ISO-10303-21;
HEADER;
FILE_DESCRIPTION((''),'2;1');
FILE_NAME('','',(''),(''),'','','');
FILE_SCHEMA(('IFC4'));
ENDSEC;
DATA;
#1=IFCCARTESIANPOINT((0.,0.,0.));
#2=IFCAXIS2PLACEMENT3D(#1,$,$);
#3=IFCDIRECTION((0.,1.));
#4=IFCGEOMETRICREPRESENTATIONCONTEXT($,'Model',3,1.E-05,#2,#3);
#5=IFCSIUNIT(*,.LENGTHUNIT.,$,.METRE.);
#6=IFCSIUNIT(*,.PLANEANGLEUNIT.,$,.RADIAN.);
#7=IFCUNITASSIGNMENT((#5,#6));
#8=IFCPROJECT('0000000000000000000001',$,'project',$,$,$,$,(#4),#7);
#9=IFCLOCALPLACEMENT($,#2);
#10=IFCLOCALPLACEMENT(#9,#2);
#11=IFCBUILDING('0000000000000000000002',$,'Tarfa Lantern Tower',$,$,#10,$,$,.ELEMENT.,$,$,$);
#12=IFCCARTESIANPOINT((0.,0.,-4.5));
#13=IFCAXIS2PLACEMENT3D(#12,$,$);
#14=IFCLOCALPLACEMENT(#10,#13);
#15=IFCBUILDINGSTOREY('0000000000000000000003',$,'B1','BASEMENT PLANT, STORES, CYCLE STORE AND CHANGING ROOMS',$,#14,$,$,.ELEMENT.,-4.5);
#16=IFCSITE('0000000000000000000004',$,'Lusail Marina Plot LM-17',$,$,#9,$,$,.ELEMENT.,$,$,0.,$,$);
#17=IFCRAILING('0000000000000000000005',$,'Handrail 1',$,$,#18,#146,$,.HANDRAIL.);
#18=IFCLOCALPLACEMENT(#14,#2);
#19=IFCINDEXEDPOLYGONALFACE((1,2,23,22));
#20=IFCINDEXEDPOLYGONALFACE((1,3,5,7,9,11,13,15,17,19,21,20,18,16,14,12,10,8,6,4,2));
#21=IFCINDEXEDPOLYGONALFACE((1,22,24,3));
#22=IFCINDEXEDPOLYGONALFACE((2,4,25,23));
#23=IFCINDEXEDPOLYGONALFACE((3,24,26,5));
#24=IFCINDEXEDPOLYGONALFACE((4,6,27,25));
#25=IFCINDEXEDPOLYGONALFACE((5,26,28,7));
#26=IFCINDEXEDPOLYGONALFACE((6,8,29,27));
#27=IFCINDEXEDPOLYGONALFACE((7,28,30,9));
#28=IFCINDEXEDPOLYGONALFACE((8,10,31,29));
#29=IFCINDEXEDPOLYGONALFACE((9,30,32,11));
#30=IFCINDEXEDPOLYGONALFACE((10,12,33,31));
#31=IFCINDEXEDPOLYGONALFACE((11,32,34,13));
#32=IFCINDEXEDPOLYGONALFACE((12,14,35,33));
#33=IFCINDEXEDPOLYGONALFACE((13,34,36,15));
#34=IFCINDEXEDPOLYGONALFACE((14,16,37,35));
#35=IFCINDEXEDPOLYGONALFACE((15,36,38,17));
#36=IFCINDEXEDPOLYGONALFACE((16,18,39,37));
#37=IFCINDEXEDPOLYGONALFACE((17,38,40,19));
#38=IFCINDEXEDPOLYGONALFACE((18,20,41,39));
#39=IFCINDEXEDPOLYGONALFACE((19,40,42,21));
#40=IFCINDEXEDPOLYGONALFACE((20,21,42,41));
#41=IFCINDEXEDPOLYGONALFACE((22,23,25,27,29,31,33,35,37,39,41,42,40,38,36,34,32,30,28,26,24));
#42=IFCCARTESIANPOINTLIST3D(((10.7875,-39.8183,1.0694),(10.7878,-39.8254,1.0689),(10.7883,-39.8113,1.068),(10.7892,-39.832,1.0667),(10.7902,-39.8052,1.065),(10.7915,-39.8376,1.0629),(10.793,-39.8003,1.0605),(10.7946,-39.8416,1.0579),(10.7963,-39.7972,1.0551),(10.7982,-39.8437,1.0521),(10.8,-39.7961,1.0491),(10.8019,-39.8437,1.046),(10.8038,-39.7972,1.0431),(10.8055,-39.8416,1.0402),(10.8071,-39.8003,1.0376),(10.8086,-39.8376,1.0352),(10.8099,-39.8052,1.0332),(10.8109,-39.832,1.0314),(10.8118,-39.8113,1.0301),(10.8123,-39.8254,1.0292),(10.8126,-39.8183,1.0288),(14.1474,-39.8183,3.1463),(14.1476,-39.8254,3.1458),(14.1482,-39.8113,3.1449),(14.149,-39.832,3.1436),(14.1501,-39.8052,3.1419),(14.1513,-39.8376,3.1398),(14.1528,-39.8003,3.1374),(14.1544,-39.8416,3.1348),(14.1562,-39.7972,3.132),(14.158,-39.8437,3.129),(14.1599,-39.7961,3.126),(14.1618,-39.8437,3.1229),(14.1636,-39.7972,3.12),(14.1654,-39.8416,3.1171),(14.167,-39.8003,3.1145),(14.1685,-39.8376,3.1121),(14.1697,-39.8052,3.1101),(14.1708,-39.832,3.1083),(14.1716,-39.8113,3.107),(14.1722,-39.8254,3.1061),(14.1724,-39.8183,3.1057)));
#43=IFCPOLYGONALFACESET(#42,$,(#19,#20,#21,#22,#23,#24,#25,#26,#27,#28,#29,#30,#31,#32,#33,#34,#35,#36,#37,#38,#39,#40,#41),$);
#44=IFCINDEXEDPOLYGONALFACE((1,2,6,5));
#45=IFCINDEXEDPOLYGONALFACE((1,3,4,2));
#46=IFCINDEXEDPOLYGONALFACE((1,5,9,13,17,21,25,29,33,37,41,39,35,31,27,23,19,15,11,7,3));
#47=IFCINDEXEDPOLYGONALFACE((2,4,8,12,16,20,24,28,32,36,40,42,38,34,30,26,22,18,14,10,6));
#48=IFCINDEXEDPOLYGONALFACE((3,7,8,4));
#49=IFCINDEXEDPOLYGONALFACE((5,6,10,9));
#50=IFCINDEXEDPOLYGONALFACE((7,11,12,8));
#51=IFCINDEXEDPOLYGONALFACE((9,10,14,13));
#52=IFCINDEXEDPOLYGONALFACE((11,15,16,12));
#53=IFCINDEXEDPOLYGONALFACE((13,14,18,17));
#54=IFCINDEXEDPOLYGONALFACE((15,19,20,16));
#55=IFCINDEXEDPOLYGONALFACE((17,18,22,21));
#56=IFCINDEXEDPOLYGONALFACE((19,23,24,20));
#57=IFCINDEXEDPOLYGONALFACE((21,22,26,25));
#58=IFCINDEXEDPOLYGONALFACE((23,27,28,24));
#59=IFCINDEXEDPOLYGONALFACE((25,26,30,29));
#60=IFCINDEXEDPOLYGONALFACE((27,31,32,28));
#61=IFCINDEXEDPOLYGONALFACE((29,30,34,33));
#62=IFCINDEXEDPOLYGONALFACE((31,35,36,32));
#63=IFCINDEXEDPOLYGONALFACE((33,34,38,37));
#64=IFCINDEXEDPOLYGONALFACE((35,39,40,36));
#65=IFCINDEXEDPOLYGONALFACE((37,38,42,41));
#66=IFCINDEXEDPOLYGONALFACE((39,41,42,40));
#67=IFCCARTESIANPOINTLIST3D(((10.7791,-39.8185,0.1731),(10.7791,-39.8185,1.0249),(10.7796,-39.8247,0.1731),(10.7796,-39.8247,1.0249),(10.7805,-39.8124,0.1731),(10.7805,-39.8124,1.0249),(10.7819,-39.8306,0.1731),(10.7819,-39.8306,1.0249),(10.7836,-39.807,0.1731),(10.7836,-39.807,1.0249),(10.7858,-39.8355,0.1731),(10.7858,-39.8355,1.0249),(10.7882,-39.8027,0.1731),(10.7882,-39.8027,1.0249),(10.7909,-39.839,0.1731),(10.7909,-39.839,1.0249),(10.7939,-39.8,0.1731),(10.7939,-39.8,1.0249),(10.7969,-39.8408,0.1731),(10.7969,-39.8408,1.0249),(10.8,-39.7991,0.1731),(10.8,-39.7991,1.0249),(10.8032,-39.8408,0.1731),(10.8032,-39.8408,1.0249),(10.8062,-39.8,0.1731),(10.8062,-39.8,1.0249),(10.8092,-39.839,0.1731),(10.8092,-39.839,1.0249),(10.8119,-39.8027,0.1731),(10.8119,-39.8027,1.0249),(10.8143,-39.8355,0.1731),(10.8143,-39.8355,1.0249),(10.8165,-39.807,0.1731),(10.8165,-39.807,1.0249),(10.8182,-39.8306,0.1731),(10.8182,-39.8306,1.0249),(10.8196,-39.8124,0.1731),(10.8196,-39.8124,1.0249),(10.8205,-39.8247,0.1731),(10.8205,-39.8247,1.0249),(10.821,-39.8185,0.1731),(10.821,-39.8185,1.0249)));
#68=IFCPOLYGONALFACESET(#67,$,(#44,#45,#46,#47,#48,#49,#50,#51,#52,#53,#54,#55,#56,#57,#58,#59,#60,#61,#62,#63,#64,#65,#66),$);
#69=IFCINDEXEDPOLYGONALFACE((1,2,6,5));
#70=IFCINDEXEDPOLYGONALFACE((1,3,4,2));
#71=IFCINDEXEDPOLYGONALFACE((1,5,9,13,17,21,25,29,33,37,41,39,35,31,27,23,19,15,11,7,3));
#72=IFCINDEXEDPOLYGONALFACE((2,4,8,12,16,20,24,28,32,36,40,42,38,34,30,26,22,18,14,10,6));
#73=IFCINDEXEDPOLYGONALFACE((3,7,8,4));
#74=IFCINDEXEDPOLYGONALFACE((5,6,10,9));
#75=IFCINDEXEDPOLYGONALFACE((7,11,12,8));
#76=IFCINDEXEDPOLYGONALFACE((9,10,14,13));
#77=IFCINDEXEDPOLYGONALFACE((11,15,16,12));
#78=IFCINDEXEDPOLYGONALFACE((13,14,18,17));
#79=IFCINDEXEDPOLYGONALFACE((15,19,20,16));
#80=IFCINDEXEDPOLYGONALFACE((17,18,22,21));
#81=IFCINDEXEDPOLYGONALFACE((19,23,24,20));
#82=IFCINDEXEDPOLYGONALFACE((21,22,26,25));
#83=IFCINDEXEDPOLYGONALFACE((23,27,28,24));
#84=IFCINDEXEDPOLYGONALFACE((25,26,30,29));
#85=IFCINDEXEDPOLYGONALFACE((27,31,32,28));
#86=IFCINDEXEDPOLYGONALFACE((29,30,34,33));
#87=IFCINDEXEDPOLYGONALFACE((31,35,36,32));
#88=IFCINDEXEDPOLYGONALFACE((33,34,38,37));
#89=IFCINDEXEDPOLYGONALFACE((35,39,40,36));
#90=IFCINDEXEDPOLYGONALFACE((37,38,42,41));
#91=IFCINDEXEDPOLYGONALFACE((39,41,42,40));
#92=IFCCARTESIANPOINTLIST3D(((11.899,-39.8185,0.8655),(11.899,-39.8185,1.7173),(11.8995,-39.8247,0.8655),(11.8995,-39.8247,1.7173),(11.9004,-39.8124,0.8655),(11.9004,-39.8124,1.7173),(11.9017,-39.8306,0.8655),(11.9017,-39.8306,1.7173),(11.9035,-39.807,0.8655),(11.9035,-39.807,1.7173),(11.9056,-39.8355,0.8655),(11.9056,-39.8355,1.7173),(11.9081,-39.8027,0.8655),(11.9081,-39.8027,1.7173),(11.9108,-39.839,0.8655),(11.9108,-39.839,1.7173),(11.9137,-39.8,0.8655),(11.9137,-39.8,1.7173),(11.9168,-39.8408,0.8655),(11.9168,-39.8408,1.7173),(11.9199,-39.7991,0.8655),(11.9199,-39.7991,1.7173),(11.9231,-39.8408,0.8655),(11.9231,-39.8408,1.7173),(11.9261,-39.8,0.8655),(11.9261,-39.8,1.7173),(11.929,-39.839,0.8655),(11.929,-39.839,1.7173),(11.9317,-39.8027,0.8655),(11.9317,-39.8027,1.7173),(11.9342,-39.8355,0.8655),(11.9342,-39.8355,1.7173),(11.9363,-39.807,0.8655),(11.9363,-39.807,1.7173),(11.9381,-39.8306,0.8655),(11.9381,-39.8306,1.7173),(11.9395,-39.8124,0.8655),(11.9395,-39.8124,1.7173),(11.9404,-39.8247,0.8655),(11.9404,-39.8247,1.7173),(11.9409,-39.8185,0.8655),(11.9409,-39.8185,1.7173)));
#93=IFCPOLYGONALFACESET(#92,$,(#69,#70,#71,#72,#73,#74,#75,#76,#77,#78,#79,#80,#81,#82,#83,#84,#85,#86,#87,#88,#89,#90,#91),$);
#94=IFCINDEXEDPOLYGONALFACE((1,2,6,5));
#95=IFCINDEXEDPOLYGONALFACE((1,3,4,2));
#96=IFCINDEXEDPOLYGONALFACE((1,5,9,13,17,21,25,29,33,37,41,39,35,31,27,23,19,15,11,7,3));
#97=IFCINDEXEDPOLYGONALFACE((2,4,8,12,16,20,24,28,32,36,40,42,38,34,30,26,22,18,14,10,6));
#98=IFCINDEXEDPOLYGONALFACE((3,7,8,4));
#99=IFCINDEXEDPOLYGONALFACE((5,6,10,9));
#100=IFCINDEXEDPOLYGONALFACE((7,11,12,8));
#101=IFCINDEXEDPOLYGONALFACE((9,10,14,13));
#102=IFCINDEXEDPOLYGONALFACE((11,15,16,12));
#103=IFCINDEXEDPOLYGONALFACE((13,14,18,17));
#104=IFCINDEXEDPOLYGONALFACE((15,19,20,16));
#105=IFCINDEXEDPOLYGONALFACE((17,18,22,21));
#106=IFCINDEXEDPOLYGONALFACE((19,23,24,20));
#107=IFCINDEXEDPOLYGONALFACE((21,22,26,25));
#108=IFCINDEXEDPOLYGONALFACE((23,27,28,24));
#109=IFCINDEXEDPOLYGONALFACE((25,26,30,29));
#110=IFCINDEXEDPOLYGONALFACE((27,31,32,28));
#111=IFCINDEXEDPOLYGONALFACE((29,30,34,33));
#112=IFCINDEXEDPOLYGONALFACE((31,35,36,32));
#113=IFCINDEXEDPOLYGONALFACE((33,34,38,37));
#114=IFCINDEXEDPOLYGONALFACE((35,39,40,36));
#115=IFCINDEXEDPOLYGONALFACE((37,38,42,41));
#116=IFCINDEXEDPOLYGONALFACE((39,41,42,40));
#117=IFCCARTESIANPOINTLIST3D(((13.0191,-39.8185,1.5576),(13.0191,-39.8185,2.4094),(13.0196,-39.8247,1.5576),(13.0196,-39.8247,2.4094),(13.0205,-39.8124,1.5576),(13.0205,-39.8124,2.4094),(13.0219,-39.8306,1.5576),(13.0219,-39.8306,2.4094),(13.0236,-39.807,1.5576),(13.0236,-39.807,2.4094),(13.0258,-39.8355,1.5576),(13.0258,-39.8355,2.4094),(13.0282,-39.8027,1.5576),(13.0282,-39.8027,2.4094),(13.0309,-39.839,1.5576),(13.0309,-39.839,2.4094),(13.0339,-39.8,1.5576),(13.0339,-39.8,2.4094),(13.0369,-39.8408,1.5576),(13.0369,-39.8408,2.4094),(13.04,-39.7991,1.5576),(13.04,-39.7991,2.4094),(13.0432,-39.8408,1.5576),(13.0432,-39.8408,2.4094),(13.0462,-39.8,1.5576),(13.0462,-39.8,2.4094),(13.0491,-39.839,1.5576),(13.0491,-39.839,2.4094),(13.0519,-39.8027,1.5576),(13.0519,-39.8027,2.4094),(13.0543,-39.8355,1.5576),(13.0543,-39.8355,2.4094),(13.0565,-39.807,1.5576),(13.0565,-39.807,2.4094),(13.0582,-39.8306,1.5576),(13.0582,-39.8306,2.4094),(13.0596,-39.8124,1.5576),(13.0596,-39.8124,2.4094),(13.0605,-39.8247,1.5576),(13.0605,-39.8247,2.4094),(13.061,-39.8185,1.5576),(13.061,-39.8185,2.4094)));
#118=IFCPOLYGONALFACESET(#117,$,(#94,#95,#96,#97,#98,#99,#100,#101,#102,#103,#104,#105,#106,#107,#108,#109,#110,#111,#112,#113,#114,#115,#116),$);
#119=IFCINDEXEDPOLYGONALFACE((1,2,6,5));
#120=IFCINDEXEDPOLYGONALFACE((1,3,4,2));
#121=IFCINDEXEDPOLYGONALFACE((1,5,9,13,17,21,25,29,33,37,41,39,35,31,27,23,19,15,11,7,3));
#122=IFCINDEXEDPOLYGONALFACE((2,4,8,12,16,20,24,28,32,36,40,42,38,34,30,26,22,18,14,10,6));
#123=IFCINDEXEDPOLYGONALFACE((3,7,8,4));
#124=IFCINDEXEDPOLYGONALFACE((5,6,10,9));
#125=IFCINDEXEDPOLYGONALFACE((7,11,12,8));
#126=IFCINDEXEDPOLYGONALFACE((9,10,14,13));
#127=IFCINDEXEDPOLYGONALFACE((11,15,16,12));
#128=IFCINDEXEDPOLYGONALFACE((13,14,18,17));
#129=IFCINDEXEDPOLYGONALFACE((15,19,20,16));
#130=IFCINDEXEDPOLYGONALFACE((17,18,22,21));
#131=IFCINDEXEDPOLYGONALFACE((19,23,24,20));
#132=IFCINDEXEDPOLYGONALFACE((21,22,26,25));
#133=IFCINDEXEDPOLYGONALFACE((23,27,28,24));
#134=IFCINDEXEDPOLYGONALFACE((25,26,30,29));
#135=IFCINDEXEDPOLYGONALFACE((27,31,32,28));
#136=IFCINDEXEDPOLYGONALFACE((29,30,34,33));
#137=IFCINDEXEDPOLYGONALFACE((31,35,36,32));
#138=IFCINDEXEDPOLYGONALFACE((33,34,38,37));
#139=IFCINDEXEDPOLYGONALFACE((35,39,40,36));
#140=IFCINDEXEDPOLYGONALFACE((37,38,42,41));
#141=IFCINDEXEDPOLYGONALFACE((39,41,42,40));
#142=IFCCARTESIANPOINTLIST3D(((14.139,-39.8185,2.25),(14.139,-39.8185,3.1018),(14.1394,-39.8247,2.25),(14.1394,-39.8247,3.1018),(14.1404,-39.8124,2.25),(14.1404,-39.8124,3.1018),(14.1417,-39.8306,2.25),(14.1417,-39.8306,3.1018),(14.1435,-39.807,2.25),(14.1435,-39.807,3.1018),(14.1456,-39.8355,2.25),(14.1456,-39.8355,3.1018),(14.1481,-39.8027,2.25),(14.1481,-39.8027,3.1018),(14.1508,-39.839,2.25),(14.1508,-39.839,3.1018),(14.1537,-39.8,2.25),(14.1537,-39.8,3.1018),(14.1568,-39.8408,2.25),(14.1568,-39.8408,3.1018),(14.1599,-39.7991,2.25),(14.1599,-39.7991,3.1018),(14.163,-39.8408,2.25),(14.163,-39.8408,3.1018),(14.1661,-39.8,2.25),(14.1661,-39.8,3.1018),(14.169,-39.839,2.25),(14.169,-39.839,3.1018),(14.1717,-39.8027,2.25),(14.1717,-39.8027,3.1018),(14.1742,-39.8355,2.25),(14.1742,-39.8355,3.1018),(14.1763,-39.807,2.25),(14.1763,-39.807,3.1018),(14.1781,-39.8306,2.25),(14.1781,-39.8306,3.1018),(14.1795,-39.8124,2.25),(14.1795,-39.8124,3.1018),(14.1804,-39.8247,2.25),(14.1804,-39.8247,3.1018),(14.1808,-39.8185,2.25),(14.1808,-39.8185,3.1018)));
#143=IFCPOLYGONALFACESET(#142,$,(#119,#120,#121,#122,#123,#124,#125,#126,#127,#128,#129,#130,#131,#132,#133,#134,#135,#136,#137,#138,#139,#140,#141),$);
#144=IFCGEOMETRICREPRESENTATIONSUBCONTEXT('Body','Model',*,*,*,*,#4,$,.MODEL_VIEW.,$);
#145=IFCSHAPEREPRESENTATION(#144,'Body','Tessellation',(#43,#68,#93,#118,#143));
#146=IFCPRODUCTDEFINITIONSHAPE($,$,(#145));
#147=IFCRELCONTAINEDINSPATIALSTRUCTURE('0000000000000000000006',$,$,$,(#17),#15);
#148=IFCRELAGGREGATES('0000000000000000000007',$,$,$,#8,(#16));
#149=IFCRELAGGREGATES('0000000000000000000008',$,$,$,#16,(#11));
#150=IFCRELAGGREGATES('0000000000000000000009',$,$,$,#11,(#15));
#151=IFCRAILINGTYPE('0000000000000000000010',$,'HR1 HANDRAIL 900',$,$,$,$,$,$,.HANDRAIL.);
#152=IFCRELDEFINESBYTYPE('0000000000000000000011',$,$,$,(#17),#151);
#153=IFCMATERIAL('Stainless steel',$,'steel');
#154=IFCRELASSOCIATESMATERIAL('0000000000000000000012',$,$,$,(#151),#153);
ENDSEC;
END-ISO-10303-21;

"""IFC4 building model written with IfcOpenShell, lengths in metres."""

from ifc_helpers import new_model, si_unit, direction, frame, origin, origin_2d, place, context, subcontext, project, spatial, circle, extrude, material, type_object, element, save


model = new_model("IFC4")

# Units and contexts
model_context = context("Model", 3, precision=1e-05, world=origin(), true_north=direction((0.0, 1.0)))
body_context = subcontext(model_context, "Body", "Model", "MODEL_VIEW")
ifc_project = project(units=[si_unit("LENGTHUNIT", "METRE"), si_unit("PLANEANGLEUNIT", "RADIAN")], contexts=[model_context])

# Site, building, storey
site_placement = place(None, origin())
site = spatial("IfcSite", under=ifc_project, at=site_placement, Name="Lusail Marina Plot LM-17", CompositionType="ELEMENT", RefElevation=0.0)
building_placement = place(site_placement, origin())
building = spatial("IfcBuilding", under=site, at=building_placement, Name="Tarfa Lantern Tower", CompositionType="ELEMENT")
storey_placement = place(building_placement, frame((0.0, 0.0, -4.5)))
storey = spatial("IfcBuildingStorey", under=building, at=storey_placement, Name="B1", Description="BASEMENT PLANT, STORES, CYCLE STORE AND CHANGING ROOMS", CompositionType="ELEMENT", Elevation=-4.5)

# Railing
ifc_material_1 = material(Name="Stainless steel", Category="steel")
railing_type = type_object("IfcRailingType", Name="HR1 HANDRAIL 900", PredefinedType="HANDRAIL", material=ifc_material_1)
railing_1_placement = place(storey_placement, frame((10.8, -39.8201, 0.1731)))
element("IfcRailing", 1, at=railing_1_placement, inside=storey, type_object=railing_type, Name="Handrail 1", PredefinedType="HANDRAIL", context=body_context, shape_type="SweptSolid", body=[
    extrude(circle(Radius=0.0239, at=origin_2d()), frame((0.0, 0.0, 0.876), z_axis=(0.850606, 0.0, 0.525803), x_axis=(0.0, 1.0, 0.0)), (0.0, 0.0, 1.0), 3.95),
    extrude(circle(Radius=0.021, at=origin_2d()), frame((0.0, 0.0, 0.0), z_axis=(0.0, 0.0, 1.0), x_axis=(0.0, 1.0, 0.0)), (0.0, 0.0, 1.0), 0.8518),
    extrude(circle(Radius=0.021, at=origin_2d()), frame((1.1199, 0.0, 0.6924), z_axis=(0.0, 0.0, 1.0), x_axis=(0.0, 1.0, 0.0)), (0.0, 0.0, 1.0), 0.8518),
    extrude(circle(Radius=0.021, at=origin_2d()), frame((2.24, 0.0, 1.3845), z_axis=(0.0, 0.0, 1.0), x_axis=(0.0, 1.0, 0.0)), (0.0, 0.0, 1.0), 0.8518),
    extrude(circle(Radius=0.021, at=origin_2d()), frame((3.3599, 0.0, 2.0769), z_axis=(0.0, 0.0, 1.0), x_axis=(0.0, 1.0, 0.0)), (0.0, 0.0, 1.0), 0.8518),
])

save(model, "model.ifc")
